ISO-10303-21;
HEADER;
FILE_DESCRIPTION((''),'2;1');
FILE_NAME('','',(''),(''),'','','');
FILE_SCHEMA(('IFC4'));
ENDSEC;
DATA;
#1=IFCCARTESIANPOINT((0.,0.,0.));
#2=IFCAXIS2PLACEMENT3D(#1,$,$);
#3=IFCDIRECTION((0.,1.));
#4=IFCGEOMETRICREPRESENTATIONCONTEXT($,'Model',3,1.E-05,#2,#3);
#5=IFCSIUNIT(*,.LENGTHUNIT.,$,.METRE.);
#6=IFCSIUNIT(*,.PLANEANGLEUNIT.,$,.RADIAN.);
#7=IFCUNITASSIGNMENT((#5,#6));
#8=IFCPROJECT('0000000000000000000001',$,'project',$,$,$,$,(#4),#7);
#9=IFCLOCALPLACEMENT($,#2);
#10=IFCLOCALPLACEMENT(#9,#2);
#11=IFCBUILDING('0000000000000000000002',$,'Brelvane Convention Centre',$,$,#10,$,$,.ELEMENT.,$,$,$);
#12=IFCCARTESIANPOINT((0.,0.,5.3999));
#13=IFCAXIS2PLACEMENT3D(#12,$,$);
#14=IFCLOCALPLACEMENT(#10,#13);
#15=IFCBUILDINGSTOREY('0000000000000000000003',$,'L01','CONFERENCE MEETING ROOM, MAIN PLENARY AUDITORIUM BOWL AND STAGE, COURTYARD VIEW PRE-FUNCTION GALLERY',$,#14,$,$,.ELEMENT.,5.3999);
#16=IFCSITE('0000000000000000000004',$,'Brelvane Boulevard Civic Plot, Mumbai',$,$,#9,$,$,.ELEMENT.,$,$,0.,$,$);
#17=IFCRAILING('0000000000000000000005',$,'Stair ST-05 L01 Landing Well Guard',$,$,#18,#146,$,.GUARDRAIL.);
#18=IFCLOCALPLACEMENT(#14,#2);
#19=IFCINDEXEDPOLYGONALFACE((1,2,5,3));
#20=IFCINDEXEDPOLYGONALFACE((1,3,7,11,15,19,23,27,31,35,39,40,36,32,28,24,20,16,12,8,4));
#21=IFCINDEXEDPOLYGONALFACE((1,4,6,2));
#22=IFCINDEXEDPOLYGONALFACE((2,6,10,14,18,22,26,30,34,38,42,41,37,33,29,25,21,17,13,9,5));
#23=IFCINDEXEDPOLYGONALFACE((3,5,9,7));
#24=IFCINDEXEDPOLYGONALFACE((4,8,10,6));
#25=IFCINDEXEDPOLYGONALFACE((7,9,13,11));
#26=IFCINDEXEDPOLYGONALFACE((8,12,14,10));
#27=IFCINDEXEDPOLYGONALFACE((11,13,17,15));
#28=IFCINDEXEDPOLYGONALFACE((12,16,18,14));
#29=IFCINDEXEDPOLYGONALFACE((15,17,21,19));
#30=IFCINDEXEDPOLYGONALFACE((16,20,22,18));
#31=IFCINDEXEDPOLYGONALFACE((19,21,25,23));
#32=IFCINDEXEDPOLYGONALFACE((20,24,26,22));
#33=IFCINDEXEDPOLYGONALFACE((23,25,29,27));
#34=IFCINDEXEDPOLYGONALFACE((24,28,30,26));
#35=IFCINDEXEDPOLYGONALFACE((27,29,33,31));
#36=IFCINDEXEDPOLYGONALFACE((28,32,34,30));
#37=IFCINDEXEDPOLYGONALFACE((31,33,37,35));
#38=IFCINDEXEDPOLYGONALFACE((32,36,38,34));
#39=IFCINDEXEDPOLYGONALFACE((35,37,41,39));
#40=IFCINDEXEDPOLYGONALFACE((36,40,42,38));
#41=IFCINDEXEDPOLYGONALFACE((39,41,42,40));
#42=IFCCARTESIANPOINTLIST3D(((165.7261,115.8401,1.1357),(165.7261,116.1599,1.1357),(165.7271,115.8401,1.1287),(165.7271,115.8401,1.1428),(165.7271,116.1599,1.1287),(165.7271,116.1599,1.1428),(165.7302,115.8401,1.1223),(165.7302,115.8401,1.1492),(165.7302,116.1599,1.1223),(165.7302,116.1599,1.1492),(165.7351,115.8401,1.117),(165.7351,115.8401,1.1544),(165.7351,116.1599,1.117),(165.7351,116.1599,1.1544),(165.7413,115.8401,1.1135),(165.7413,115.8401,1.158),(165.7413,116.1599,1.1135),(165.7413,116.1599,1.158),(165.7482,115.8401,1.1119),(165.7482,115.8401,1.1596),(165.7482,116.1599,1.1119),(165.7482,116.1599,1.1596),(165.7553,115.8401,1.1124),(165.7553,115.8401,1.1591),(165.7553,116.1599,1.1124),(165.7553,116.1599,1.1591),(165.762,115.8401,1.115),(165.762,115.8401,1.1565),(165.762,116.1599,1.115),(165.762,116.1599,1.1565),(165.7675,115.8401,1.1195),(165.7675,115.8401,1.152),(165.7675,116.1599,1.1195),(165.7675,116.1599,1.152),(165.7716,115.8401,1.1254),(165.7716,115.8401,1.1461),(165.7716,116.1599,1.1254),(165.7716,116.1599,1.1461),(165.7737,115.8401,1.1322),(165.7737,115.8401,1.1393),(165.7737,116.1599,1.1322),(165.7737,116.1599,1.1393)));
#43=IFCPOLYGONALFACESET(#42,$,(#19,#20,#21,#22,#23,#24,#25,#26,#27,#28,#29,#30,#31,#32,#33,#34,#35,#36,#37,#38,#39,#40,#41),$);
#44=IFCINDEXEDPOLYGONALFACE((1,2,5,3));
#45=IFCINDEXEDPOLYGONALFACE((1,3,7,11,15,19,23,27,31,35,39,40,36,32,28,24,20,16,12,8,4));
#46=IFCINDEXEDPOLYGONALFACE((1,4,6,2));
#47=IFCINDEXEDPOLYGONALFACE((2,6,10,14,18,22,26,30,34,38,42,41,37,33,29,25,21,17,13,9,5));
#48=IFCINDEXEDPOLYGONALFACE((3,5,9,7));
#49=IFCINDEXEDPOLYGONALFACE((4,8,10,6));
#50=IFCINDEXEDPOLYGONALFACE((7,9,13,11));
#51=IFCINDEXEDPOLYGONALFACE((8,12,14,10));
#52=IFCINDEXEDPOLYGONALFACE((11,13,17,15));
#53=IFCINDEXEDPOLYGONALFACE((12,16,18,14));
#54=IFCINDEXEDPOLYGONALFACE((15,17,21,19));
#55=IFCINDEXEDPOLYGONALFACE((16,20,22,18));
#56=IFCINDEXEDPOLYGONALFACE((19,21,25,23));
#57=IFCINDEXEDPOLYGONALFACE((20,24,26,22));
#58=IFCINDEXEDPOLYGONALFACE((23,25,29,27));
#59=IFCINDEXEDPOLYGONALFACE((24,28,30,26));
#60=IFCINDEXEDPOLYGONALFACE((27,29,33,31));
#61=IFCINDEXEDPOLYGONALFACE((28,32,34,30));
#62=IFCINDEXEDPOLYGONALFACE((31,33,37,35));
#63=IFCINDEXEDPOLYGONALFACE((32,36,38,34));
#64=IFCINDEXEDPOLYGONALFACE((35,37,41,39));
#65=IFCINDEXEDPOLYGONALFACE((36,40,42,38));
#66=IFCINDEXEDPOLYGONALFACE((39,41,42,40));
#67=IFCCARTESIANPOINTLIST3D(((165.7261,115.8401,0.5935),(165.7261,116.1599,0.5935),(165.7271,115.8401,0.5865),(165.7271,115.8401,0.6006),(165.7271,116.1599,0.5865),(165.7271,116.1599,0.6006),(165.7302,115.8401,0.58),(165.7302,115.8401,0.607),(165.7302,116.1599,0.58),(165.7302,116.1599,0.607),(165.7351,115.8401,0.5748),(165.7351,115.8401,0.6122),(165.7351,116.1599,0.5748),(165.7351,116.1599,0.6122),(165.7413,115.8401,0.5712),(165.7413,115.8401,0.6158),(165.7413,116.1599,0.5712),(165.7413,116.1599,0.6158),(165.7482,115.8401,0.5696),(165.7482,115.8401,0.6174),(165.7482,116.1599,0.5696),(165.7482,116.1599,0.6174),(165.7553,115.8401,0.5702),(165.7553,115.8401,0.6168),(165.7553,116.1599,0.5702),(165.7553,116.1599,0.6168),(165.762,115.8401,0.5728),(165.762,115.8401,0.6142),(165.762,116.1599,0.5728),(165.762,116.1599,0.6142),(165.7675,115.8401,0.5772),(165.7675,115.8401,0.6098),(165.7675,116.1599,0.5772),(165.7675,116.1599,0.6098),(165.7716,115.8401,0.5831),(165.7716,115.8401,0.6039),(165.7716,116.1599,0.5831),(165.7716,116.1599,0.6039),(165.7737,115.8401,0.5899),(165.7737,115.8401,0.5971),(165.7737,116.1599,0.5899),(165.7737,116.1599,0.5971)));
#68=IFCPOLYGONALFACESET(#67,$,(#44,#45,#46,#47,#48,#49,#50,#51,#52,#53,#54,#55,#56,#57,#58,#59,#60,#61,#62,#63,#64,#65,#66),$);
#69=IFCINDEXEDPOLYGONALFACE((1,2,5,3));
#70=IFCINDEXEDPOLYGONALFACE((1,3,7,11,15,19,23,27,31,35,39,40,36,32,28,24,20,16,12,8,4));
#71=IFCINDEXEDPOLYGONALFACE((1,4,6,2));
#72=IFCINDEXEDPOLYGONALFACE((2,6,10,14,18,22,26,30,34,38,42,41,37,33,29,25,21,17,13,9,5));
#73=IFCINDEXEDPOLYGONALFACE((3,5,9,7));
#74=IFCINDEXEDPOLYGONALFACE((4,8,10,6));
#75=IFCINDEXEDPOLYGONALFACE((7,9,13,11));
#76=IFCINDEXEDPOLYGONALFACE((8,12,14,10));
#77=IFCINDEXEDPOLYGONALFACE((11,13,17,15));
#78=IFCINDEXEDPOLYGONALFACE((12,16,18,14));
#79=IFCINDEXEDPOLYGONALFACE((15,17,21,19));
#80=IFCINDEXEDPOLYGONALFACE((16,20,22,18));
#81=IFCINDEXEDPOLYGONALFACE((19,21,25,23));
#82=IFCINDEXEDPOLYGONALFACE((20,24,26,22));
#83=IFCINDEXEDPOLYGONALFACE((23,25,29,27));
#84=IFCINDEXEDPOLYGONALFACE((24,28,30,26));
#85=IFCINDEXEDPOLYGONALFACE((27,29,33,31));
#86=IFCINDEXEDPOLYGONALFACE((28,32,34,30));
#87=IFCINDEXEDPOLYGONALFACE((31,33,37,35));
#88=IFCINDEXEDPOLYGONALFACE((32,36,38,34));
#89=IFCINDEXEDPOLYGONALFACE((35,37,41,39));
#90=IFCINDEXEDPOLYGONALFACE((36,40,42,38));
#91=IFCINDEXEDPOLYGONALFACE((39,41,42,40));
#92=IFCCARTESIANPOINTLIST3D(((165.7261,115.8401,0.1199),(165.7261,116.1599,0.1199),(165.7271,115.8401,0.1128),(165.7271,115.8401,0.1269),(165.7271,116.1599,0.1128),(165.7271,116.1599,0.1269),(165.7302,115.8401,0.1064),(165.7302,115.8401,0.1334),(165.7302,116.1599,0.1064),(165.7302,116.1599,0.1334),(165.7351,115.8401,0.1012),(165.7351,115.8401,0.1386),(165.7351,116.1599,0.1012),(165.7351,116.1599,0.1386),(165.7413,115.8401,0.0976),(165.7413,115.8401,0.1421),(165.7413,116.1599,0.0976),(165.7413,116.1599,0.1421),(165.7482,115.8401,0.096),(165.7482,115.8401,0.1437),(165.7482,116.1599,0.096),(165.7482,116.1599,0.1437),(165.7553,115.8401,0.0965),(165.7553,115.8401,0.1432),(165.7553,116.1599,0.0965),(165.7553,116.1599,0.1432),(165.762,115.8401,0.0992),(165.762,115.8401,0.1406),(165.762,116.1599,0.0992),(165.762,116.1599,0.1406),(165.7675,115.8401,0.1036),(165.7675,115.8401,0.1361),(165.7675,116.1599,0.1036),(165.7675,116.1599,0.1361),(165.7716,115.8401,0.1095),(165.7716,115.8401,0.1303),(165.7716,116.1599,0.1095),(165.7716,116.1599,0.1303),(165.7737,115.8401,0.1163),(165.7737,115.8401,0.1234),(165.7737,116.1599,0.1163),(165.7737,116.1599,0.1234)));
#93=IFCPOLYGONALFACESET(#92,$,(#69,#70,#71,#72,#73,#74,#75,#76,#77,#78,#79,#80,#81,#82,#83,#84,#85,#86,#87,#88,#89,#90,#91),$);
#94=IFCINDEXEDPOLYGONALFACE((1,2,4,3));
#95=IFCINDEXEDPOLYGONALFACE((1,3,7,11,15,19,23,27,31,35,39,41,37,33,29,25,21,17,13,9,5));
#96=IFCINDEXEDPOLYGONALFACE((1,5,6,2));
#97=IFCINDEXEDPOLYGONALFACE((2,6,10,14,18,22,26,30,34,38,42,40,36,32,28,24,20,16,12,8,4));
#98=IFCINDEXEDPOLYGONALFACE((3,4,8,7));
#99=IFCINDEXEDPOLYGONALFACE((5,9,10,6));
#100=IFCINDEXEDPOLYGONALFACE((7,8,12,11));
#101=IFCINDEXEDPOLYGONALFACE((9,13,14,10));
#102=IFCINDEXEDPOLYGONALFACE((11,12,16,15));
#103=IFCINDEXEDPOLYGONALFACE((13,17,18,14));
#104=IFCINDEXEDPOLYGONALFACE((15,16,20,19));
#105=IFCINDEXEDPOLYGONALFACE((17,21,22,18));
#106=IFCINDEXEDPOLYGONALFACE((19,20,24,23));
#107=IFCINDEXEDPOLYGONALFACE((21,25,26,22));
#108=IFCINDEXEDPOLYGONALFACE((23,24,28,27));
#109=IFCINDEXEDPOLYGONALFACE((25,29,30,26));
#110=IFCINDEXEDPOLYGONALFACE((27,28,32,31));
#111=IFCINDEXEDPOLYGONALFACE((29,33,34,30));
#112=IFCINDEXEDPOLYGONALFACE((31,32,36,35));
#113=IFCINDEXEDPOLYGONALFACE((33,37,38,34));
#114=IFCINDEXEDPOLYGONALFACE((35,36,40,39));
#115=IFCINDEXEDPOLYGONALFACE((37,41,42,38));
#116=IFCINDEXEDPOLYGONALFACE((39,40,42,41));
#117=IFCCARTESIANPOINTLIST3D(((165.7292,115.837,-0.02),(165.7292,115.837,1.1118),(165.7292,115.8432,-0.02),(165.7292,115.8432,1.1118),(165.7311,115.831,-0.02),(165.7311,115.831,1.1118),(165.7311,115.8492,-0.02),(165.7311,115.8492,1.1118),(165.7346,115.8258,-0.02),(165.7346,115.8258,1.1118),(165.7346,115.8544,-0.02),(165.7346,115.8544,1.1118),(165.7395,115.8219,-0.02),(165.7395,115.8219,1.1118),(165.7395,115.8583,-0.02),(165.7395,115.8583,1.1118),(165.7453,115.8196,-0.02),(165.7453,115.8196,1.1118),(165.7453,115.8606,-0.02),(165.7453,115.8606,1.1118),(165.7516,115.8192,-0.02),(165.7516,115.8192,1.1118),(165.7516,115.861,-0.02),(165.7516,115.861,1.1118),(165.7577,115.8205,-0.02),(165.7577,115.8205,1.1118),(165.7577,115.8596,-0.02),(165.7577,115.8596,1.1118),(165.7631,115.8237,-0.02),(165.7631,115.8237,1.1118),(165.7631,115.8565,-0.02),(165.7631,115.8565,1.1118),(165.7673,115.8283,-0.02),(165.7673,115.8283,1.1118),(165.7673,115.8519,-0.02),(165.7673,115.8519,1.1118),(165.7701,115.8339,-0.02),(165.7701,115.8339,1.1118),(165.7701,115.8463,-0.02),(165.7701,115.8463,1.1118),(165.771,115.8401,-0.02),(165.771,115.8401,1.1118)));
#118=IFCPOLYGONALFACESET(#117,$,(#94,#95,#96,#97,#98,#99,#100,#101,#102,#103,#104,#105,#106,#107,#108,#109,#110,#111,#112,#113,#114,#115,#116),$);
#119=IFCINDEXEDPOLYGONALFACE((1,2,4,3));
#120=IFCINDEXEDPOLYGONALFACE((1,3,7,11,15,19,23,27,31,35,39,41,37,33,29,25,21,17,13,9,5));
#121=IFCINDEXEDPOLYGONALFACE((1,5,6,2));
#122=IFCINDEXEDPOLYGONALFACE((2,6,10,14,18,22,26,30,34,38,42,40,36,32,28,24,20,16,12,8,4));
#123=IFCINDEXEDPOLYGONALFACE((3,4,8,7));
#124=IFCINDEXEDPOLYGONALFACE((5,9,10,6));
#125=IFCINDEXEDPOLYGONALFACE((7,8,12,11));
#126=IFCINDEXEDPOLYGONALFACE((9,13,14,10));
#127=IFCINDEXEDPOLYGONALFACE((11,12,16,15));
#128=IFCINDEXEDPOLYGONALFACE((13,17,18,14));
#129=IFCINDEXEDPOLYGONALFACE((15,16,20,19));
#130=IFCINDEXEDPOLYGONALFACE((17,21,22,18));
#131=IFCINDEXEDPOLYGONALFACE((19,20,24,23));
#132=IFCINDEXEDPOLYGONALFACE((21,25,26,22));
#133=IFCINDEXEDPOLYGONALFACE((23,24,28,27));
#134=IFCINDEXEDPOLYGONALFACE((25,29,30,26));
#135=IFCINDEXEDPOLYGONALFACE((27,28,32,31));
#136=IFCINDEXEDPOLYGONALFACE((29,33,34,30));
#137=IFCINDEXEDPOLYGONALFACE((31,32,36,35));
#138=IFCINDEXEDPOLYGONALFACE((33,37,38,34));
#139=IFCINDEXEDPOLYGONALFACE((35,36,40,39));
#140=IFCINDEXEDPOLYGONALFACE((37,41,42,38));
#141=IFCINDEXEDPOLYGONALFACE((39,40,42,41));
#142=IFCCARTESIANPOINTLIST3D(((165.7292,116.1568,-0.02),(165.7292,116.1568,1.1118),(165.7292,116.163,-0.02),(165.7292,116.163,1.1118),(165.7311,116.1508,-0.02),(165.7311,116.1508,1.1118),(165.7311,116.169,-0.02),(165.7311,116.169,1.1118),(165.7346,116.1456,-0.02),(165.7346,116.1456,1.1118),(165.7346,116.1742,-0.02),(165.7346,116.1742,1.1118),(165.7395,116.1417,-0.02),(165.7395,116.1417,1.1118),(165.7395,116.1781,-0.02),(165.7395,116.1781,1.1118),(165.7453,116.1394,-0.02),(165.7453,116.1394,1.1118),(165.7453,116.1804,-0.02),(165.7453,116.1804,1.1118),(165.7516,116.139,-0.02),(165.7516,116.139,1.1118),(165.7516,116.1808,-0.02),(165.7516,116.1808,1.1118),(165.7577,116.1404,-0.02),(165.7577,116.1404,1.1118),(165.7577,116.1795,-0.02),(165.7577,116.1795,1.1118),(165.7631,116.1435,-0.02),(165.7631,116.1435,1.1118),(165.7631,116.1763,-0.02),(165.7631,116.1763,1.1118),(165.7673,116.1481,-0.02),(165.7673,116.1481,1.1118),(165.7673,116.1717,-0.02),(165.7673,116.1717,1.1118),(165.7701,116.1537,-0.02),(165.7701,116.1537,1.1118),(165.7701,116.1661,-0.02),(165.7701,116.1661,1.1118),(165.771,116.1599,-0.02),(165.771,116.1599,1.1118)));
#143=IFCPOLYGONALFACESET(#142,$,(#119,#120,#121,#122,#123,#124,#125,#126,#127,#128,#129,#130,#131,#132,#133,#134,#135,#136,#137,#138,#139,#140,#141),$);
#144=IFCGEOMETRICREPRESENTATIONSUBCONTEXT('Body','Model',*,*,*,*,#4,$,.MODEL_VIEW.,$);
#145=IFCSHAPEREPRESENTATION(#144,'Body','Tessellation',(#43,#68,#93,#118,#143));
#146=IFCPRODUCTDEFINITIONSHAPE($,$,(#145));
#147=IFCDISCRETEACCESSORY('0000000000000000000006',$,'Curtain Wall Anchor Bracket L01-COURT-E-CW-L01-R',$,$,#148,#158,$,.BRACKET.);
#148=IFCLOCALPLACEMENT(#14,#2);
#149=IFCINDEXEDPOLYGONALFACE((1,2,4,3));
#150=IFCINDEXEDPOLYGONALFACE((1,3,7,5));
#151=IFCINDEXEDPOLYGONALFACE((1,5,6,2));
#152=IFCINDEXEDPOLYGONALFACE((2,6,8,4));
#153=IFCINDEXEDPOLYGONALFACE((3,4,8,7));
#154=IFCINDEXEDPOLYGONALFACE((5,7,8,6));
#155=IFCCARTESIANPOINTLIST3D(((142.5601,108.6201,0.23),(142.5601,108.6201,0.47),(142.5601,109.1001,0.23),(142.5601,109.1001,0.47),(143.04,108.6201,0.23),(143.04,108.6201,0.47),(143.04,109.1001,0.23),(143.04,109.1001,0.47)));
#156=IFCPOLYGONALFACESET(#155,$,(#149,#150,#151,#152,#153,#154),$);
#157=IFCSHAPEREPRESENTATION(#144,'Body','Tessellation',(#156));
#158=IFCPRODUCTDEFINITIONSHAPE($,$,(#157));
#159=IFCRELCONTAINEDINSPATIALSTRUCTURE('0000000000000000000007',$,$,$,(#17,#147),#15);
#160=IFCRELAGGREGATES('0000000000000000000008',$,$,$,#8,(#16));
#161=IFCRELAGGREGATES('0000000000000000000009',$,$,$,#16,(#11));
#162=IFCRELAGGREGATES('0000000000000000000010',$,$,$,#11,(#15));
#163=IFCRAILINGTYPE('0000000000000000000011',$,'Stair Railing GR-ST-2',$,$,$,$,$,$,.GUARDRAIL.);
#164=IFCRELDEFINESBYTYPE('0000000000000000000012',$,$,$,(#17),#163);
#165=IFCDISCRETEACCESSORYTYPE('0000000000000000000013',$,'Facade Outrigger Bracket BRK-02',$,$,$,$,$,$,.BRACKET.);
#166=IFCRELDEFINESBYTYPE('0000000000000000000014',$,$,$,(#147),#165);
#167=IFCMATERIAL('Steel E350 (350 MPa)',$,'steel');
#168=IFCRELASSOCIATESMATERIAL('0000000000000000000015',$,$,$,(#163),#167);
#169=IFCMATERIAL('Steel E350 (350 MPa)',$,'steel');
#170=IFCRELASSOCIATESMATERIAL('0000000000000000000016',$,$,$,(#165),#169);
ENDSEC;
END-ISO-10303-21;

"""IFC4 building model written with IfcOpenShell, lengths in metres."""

from ifc_helpers import new_model, si_unit, direction, frame, origin, origin_2d, place, context, subcontext, project, spatial, rectangle, circle, extrude, material, type_object, element, save


model = new_model("IFC4")

# Units and contexts
model_context = context("Model", 3, precision=1e-05, world=origin(), true_north=direction((0.0, 1.0)))
body_context = subcontext(model_context, "Body", "Model", "MODEL_VIEW")
ifc_project = project(units=[si_unit("LENGTHUNIT", "METRE"), si_unit("PLANEANGLEUNIT", "RADIAN")], contexts=[model_context])

# Site, building, storey
site_placement = place(None, origin())
site = spatial("IfcSite", under=ifc_project, at=site_placement, Name="Brelvane Boulevard Civic Plot, Mumbai", CompositionType="ELEMENT", RefElevation=0.0)
building_placement = place(site_placement, origin())
building = spatial("IfcBuilding", under=site, at=building_placement, Name="Brelvane Convention Centre", CompositionType="ELEMENT")
storey_placement = place(building_placement, frame((0.0, 0.0, 5.3999)))
storey = spatial("IfcBuildingStorey", under=building, at=storey_placement, Name="L01", Description="CONFERENCE MEETING ROOM, MAIN PLENARY AUDITORIUM BOWL AND STAGE, COURTYARD VIEW PRE-FUNCTION GALLERY", CompositionType="ELEMENT", Elevation=5.3999)

# Railing
ifc_material_1 = material(Name="Steel E350 (350 MPa)", Category="steel")
railing_type_1 = type_object("IfcRailingType", Name="Stair Railing GR-ST-2", PredefinedType="GUARDRAIL", material=ifc_material_1)
railing_1_placement = place(storey_placement, frame((165.75, 115.8401, -0.02)))
element("IfcRailing", 1, at=railing_1_placement, inside=storey, type_object=railing_type_1, Name="Stair ST-05 L01 Landing Well Guard", PredefinedType="GUARDRAIL", context=body_context, shape_type="SweptSolid", body=[
    extrude(circle(Radius=0.0239, at=origin_2d()), frame((0.0, 0.0, 1.1558), z_axis=(0.0, 1.0, 0.0), x_axis=(-1.0, 0.0, 0.0)), (0.0, 0.0, 1.0), 0.3198),
    extrude(circle(Radius=0.0239, at=origin_2d()), frame((0.0, 0.0, 0.6135), z_axis=(0.0, 1.0, 0.0), x_axis=(-1.0, 0.0, 0.0)), (0.0, 0.0, 1.0), 0.3198),
    extrude(circle(Radius=0.0239, at=origin_2d()), frame((0.0, 0.0, 0.1399), z_axis=(0.0, 1.0, 0.0), x_axis=(-1.0, 0.0, 0.0)), (0.0, 0.0, 1.0), 0.3198),
    extrude(circle(Radius=0.021, at=origin_2d()), origin(), (0.0, 0.0, 1.0), 1.1318),
    extrude(circle(Radius=0.021, at=origin_2d()), frame((0.0, 0.3198, 0.0)), (0.0, 0.0, 1.0), 1.1318),
])

# Discrete accessory
ifc_material_2 = material(Name="Steel E350 (350 MPa)", Category="steel")
discrete_accessory_type = type_object("IfcDiscreteAccessoryType", Name="Facade Outrigger Bracket BRK-02", PredefinedType="BRACKET", material=ifc_material_2)
discrete_accessory_placement = place(storey_placement, frame((142.8, 108.8601, 0.23), z_axis=(0.0, 0.0, 1.0), x_axis=(1.0, 0.0, 0.0)))
element("IfcDiscreteAccessory", 2, at=discrete_accessory_placement, inside=storey, type_object=discrete_accessory_type, Name="Curtain Wall Anchor Bracket L01-COURT-E-CW-L01-R", PredefinedType="BRACKET", context=body_context, shape_type="SweptSolid", body=[
    extrude(rectangle(XDim=0.48, YDim=0.48, at=origin_2d()), origin(), (0.0, 0.0, 1.0), 0.24),
])

save(model, "model.ifc")
